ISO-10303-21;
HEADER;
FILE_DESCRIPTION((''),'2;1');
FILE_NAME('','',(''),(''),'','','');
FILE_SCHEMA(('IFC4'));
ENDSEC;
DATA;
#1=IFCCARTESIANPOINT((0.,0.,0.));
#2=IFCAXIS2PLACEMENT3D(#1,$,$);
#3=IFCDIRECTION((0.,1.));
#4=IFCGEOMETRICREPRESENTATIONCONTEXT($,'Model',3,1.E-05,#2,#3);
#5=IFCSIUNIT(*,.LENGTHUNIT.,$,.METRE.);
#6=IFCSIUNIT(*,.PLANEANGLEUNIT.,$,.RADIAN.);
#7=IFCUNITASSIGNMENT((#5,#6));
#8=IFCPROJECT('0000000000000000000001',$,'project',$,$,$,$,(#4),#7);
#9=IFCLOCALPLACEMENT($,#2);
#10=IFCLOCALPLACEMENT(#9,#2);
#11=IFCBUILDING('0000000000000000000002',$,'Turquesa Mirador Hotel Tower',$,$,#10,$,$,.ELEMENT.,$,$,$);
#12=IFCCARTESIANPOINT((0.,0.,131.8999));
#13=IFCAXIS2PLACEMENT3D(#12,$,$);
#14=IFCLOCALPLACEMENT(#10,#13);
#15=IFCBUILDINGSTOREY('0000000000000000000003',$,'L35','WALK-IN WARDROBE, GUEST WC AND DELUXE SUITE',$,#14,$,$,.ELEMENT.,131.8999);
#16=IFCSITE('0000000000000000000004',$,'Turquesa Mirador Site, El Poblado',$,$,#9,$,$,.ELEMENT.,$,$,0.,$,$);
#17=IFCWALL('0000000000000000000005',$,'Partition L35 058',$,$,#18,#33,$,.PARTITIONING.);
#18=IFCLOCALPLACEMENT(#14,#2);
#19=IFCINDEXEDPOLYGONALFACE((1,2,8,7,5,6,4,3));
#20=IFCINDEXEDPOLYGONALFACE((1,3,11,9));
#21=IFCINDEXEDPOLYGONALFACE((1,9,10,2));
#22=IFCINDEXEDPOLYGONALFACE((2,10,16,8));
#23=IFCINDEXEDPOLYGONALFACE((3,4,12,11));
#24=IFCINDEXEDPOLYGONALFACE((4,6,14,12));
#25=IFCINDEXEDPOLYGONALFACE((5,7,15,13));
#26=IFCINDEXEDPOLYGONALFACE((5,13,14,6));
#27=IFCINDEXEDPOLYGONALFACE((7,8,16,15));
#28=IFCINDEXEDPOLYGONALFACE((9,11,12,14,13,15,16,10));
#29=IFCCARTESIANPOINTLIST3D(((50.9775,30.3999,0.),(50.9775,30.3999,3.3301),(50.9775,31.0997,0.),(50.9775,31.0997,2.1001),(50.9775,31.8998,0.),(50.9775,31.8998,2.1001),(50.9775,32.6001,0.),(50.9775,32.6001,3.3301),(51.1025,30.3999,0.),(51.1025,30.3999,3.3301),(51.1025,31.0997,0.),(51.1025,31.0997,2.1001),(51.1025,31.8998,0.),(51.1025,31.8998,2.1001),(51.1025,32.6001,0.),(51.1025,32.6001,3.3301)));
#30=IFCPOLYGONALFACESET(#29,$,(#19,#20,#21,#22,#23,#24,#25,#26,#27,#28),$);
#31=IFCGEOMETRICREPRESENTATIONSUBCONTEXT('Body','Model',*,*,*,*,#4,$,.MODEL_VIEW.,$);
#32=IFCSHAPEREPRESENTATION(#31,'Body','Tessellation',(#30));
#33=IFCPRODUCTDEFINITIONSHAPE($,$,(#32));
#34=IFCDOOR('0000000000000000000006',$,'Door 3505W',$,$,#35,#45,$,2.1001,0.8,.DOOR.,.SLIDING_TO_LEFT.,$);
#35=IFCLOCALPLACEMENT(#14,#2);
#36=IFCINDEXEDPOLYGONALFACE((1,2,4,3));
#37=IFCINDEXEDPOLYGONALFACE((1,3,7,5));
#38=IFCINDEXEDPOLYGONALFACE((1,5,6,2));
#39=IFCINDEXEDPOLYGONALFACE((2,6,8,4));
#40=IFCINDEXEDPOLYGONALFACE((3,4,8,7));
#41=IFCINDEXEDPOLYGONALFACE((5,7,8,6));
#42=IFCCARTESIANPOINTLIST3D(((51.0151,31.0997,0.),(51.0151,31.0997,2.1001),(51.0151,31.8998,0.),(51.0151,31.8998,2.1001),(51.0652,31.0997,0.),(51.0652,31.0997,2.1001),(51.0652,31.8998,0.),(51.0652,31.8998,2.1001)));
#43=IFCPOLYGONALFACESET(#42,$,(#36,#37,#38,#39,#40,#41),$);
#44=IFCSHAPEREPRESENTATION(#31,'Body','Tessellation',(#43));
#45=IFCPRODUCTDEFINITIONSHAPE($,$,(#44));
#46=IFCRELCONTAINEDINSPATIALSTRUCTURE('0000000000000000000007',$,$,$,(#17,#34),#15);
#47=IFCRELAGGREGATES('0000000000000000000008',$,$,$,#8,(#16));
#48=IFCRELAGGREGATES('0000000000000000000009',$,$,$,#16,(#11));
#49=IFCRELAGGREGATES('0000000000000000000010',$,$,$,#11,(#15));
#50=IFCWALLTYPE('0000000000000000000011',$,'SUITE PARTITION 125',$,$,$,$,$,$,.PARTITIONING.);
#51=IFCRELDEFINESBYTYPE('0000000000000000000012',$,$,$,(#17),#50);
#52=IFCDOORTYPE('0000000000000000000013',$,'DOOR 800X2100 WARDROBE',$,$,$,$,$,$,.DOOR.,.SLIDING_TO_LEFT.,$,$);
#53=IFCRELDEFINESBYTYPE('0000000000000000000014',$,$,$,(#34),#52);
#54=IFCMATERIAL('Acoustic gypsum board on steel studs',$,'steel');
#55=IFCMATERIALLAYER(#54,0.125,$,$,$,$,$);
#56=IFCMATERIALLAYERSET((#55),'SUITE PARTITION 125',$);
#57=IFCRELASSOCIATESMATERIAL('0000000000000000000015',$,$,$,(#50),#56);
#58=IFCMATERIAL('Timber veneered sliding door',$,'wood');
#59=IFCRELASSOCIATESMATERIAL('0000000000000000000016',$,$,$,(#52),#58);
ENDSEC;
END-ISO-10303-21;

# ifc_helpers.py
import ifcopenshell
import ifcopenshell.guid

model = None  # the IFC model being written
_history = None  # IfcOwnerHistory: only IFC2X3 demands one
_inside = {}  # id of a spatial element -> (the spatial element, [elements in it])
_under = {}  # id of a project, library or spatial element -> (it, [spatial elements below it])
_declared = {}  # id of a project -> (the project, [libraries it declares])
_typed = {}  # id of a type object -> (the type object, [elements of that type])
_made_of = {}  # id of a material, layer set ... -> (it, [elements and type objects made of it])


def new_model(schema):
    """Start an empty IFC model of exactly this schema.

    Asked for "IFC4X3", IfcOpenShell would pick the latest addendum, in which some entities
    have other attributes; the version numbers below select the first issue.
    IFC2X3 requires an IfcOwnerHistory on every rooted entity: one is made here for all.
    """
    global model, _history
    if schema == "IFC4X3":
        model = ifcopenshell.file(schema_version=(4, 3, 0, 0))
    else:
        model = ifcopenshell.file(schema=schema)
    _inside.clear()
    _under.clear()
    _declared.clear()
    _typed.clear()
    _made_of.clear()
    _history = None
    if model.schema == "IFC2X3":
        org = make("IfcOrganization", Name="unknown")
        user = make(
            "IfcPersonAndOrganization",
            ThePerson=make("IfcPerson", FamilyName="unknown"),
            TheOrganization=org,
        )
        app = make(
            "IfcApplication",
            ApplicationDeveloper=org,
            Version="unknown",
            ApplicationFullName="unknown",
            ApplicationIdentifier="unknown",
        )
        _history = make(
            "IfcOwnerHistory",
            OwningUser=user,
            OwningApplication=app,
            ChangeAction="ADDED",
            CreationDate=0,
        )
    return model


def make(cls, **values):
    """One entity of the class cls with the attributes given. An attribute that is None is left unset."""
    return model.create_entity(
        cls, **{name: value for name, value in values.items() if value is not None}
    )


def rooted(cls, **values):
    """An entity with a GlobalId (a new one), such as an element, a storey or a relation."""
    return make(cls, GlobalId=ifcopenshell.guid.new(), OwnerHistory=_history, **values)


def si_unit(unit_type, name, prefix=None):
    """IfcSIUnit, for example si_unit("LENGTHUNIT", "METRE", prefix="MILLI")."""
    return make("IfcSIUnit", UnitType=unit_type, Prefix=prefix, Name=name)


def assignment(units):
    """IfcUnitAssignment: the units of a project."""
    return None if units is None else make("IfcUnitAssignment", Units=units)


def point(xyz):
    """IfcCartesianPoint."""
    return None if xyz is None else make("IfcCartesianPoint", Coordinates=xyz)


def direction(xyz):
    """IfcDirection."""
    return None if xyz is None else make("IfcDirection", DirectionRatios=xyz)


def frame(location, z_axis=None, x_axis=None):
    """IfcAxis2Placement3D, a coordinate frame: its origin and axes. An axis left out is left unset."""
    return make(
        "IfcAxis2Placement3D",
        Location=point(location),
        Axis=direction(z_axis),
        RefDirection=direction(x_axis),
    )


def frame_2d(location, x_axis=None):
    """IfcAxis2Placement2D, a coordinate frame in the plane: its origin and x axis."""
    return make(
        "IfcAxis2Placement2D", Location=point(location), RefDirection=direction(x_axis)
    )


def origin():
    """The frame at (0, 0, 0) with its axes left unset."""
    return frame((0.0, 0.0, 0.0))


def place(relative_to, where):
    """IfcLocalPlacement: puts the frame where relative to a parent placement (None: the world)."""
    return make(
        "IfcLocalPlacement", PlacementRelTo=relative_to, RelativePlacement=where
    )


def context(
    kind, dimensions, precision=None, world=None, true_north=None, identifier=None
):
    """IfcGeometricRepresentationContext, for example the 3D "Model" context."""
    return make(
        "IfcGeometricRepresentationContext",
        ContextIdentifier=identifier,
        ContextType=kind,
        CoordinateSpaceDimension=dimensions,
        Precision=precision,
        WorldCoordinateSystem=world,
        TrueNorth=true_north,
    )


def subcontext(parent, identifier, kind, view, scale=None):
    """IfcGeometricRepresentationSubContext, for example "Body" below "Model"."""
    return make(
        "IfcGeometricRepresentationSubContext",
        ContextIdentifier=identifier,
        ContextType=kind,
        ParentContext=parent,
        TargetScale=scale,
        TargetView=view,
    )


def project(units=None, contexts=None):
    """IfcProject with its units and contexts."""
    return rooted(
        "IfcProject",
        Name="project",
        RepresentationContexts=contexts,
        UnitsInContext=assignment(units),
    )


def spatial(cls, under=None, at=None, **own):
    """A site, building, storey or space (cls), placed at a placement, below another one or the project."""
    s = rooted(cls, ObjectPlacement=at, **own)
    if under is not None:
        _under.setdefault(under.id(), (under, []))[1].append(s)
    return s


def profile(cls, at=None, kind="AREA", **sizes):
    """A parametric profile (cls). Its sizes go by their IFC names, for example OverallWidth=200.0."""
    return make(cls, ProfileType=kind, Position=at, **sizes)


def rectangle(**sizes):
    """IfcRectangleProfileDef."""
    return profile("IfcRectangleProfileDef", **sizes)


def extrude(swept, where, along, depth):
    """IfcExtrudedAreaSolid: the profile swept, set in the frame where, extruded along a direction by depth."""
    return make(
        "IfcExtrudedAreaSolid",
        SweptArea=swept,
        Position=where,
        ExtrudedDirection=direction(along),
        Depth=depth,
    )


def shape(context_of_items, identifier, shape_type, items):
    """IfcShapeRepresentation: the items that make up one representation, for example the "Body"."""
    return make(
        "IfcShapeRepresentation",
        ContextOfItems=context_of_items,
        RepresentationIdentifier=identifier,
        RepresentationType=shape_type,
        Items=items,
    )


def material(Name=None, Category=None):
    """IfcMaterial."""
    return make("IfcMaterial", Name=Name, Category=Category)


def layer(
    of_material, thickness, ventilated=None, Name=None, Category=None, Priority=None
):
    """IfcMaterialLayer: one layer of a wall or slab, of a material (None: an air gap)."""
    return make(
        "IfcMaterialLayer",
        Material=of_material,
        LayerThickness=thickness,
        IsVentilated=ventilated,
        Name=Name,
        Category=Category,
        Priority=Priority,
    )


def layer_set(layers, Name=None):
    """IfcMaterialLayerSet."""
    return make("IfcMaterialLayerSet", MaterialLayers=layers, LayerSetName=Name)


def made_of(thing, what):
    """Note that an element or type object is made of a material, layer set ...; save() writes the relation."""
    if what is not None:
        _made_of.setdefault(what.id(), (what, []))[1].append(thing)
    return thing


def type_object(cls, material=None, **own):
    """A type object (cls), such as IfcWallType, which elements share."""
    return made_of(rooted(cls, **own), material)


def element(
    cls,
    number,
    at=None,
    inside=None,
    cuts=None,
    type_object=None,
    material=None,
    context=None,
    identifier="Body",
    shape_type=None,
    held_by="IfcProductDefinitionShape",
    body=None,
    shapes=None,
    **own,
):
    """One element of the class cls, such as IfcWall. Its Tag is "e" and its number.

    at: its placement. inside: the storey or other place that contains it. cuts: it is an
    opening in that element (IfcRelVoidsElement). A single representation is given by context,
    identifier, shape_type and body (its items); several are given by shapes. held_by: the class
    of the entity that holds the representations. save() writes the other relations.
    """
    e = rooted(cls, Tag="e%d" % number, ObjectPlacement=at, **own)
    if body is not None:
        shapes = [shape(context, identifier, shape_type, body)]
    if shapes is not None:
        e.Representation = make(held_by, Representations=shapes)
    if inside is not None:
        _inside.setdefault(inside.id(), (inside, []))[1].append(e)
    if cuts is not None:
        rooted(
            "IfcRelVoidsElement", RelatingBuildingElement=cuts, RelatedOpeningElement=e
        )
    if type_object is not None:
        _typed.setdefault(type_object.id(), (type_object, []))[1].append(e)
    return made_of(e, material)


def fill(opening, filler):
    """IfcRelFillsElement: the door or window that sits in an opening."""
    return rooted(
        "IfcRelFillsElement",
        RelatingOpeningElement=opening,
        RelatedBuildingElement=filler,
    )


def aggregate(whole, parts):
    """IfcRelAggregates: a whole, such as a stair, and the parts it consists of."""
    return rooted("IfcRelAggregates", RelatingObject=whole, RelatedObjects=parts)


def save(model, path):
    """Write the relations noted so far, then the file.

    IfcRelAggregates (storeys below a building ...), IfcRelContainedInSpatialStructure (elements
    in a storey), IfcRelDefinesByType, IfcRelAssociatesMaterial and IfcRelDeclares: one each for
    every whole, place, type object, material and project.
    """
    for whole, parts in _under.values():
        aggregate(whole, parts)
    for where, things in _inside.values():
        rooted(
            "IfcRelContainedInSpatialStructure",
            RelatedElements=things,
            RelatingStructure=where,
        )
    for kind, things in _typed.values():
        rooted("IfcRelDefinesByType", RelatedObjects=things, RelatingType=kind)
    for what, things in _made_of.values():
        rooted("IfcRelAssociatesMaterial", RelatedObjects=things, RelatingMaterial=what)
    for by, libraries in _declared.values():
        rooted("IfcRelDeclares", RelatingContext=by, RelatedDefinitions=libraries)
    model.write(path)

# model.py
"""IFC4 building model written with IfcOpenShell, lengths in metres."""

from ifc_helpers import new_model, si_unit, direction, frame, frame_2d, origin, place, context, subcontext, project, spatial, rectangle, extrude, material, layer, layer_set, type_object, element, fill, save


model = new_model("IFC4")

# Units and contexts
model_context = context("Model", 3, precision=1e-05, world=origin(), true_north=direction((0.0, 1.0)))
body_context = subcontext(model_context, "Body", "Model", "MODEL_VIEW")
ifc_project = project(units=[si_unit("LENGTHUNIT", "METRE"), si_unit("PLANEANGLEUNIT", "RADIAN")], contexts=[model_context])

# Site, building, storey
site_placement = place(None, origin())
site = spatial("IfcSite", under=ifc_project, at=site_placement, Name="Turquesa Mirador Site, El Poblado", CompositionType="ELEMENT", RefElevation=0.0)
building_placement = place(site_placement, origin())
building = spatial("IfcBuilding", under=site, at=building_placement, Name="Turquesa Mirador Hotel Tower", CompositionType="ELEMENT")
storey_placement = place(building_placement, frame((0.0, 0.0, 131.8999)))
storey = spatial("IfcBuildingStorey", under=building, at=storey_placement, Name="L35", Description="WALK-IN WARDROBE, GUEST WC AND DELUXE SUITE", CompositionType="ELEMENT", Elevation=131.8999)

# Shared definitions
ifc_material_1 = material(Name="Acoustic gypsum board on steel studs", Category="steel")
ifc_layer_1 = layer(ifc_material_1, 0.125)
ifc_layer_set_1 = layer_set([ifc_layer_1], Name="SUITE PARTITION 125")
wall_type_1 = type_object("IfcWallType", Name="SUITE PARTITION 125", PredefinedType="PARTITIONING", material=ifc_layer_set_1)

# Wall, opening, door
wall_1_placement = place(storey_placement, frame((51.04, 30.3999, 0.0), z_axis=(0.0, 0.0, 1.0), x_axis=(0.0, 1.0, 0.0)))
wall_1 = element("IfcWall", 1, at=wall_1_placement, inside=storey, type_object=wall_type_1, Name="Partition L35 058", PredefinedType="PARTITIONING", context=body_context, shape_type="SweptSolid", body=[
    extrude(rectangle(XDim=2.2002, YDim=0.125, at=frame_2d((1.1001, 0.0))), origin(), (0.0, 0.0, 1.0), 3.3301),
])
opening_1_placement = place(wall_1_placement, frame((0.7, 0.0, 0.0)))
opening_1 = element("IfcOpeningElement", 2, at=opening_1_placement, cuts=wall_1, PredefinedType="OPENING", context=body_context, shape_type="SweptSolid", body=[
    extrude(rectangle(XDim=0.8, YDim=2.1001, at=frame_2d((0.3999, 1.05))), frame((0.0, 0.0725, 0.0), z_axis=(0.0, -1.0, 0.0), x_axis=(1.0, 0.0, 0.0)), (0.0, 0.0, 1.0), 0.145),
])
ifc_material_2 = material(Name="Timber veneered sliding door", Category="wood")
door_type_1 = type_object("IfcDoorType", Name="DOOR 800X2100 WARDROBE", OperationType="SLIDING_TO_LEFT", PredefinedType="DOOR", material=ifc_material_2)
door_1_placement = place(opening_1_placement, origin())
door_1 = element("IfcDoor", 3, at=door_1_placement, inside=storey, type_object=door_type_1, Name="Door 3505W", OperationType="SLIDING_TO_LEFT", OverallHeight=2.1001, OverallWidth=0.8, PredefinedType="DOOR", context=body_context, shape_type="SweptSolid", body=[
    extrude(rectangle(XDim=0.8, YDim=2.1001, at=frame_2d((0.3999, 1.05))), frame((0.0, 0.0249, 0.0), z_axis=(0.0, -1.0, 0.0), x_axis=(1.0, 0.0, 0.0)), (0.0, 0.0, 1.0), 0.05),
])
fill(opening_1, door_1)

save(model, "model.ifc")
